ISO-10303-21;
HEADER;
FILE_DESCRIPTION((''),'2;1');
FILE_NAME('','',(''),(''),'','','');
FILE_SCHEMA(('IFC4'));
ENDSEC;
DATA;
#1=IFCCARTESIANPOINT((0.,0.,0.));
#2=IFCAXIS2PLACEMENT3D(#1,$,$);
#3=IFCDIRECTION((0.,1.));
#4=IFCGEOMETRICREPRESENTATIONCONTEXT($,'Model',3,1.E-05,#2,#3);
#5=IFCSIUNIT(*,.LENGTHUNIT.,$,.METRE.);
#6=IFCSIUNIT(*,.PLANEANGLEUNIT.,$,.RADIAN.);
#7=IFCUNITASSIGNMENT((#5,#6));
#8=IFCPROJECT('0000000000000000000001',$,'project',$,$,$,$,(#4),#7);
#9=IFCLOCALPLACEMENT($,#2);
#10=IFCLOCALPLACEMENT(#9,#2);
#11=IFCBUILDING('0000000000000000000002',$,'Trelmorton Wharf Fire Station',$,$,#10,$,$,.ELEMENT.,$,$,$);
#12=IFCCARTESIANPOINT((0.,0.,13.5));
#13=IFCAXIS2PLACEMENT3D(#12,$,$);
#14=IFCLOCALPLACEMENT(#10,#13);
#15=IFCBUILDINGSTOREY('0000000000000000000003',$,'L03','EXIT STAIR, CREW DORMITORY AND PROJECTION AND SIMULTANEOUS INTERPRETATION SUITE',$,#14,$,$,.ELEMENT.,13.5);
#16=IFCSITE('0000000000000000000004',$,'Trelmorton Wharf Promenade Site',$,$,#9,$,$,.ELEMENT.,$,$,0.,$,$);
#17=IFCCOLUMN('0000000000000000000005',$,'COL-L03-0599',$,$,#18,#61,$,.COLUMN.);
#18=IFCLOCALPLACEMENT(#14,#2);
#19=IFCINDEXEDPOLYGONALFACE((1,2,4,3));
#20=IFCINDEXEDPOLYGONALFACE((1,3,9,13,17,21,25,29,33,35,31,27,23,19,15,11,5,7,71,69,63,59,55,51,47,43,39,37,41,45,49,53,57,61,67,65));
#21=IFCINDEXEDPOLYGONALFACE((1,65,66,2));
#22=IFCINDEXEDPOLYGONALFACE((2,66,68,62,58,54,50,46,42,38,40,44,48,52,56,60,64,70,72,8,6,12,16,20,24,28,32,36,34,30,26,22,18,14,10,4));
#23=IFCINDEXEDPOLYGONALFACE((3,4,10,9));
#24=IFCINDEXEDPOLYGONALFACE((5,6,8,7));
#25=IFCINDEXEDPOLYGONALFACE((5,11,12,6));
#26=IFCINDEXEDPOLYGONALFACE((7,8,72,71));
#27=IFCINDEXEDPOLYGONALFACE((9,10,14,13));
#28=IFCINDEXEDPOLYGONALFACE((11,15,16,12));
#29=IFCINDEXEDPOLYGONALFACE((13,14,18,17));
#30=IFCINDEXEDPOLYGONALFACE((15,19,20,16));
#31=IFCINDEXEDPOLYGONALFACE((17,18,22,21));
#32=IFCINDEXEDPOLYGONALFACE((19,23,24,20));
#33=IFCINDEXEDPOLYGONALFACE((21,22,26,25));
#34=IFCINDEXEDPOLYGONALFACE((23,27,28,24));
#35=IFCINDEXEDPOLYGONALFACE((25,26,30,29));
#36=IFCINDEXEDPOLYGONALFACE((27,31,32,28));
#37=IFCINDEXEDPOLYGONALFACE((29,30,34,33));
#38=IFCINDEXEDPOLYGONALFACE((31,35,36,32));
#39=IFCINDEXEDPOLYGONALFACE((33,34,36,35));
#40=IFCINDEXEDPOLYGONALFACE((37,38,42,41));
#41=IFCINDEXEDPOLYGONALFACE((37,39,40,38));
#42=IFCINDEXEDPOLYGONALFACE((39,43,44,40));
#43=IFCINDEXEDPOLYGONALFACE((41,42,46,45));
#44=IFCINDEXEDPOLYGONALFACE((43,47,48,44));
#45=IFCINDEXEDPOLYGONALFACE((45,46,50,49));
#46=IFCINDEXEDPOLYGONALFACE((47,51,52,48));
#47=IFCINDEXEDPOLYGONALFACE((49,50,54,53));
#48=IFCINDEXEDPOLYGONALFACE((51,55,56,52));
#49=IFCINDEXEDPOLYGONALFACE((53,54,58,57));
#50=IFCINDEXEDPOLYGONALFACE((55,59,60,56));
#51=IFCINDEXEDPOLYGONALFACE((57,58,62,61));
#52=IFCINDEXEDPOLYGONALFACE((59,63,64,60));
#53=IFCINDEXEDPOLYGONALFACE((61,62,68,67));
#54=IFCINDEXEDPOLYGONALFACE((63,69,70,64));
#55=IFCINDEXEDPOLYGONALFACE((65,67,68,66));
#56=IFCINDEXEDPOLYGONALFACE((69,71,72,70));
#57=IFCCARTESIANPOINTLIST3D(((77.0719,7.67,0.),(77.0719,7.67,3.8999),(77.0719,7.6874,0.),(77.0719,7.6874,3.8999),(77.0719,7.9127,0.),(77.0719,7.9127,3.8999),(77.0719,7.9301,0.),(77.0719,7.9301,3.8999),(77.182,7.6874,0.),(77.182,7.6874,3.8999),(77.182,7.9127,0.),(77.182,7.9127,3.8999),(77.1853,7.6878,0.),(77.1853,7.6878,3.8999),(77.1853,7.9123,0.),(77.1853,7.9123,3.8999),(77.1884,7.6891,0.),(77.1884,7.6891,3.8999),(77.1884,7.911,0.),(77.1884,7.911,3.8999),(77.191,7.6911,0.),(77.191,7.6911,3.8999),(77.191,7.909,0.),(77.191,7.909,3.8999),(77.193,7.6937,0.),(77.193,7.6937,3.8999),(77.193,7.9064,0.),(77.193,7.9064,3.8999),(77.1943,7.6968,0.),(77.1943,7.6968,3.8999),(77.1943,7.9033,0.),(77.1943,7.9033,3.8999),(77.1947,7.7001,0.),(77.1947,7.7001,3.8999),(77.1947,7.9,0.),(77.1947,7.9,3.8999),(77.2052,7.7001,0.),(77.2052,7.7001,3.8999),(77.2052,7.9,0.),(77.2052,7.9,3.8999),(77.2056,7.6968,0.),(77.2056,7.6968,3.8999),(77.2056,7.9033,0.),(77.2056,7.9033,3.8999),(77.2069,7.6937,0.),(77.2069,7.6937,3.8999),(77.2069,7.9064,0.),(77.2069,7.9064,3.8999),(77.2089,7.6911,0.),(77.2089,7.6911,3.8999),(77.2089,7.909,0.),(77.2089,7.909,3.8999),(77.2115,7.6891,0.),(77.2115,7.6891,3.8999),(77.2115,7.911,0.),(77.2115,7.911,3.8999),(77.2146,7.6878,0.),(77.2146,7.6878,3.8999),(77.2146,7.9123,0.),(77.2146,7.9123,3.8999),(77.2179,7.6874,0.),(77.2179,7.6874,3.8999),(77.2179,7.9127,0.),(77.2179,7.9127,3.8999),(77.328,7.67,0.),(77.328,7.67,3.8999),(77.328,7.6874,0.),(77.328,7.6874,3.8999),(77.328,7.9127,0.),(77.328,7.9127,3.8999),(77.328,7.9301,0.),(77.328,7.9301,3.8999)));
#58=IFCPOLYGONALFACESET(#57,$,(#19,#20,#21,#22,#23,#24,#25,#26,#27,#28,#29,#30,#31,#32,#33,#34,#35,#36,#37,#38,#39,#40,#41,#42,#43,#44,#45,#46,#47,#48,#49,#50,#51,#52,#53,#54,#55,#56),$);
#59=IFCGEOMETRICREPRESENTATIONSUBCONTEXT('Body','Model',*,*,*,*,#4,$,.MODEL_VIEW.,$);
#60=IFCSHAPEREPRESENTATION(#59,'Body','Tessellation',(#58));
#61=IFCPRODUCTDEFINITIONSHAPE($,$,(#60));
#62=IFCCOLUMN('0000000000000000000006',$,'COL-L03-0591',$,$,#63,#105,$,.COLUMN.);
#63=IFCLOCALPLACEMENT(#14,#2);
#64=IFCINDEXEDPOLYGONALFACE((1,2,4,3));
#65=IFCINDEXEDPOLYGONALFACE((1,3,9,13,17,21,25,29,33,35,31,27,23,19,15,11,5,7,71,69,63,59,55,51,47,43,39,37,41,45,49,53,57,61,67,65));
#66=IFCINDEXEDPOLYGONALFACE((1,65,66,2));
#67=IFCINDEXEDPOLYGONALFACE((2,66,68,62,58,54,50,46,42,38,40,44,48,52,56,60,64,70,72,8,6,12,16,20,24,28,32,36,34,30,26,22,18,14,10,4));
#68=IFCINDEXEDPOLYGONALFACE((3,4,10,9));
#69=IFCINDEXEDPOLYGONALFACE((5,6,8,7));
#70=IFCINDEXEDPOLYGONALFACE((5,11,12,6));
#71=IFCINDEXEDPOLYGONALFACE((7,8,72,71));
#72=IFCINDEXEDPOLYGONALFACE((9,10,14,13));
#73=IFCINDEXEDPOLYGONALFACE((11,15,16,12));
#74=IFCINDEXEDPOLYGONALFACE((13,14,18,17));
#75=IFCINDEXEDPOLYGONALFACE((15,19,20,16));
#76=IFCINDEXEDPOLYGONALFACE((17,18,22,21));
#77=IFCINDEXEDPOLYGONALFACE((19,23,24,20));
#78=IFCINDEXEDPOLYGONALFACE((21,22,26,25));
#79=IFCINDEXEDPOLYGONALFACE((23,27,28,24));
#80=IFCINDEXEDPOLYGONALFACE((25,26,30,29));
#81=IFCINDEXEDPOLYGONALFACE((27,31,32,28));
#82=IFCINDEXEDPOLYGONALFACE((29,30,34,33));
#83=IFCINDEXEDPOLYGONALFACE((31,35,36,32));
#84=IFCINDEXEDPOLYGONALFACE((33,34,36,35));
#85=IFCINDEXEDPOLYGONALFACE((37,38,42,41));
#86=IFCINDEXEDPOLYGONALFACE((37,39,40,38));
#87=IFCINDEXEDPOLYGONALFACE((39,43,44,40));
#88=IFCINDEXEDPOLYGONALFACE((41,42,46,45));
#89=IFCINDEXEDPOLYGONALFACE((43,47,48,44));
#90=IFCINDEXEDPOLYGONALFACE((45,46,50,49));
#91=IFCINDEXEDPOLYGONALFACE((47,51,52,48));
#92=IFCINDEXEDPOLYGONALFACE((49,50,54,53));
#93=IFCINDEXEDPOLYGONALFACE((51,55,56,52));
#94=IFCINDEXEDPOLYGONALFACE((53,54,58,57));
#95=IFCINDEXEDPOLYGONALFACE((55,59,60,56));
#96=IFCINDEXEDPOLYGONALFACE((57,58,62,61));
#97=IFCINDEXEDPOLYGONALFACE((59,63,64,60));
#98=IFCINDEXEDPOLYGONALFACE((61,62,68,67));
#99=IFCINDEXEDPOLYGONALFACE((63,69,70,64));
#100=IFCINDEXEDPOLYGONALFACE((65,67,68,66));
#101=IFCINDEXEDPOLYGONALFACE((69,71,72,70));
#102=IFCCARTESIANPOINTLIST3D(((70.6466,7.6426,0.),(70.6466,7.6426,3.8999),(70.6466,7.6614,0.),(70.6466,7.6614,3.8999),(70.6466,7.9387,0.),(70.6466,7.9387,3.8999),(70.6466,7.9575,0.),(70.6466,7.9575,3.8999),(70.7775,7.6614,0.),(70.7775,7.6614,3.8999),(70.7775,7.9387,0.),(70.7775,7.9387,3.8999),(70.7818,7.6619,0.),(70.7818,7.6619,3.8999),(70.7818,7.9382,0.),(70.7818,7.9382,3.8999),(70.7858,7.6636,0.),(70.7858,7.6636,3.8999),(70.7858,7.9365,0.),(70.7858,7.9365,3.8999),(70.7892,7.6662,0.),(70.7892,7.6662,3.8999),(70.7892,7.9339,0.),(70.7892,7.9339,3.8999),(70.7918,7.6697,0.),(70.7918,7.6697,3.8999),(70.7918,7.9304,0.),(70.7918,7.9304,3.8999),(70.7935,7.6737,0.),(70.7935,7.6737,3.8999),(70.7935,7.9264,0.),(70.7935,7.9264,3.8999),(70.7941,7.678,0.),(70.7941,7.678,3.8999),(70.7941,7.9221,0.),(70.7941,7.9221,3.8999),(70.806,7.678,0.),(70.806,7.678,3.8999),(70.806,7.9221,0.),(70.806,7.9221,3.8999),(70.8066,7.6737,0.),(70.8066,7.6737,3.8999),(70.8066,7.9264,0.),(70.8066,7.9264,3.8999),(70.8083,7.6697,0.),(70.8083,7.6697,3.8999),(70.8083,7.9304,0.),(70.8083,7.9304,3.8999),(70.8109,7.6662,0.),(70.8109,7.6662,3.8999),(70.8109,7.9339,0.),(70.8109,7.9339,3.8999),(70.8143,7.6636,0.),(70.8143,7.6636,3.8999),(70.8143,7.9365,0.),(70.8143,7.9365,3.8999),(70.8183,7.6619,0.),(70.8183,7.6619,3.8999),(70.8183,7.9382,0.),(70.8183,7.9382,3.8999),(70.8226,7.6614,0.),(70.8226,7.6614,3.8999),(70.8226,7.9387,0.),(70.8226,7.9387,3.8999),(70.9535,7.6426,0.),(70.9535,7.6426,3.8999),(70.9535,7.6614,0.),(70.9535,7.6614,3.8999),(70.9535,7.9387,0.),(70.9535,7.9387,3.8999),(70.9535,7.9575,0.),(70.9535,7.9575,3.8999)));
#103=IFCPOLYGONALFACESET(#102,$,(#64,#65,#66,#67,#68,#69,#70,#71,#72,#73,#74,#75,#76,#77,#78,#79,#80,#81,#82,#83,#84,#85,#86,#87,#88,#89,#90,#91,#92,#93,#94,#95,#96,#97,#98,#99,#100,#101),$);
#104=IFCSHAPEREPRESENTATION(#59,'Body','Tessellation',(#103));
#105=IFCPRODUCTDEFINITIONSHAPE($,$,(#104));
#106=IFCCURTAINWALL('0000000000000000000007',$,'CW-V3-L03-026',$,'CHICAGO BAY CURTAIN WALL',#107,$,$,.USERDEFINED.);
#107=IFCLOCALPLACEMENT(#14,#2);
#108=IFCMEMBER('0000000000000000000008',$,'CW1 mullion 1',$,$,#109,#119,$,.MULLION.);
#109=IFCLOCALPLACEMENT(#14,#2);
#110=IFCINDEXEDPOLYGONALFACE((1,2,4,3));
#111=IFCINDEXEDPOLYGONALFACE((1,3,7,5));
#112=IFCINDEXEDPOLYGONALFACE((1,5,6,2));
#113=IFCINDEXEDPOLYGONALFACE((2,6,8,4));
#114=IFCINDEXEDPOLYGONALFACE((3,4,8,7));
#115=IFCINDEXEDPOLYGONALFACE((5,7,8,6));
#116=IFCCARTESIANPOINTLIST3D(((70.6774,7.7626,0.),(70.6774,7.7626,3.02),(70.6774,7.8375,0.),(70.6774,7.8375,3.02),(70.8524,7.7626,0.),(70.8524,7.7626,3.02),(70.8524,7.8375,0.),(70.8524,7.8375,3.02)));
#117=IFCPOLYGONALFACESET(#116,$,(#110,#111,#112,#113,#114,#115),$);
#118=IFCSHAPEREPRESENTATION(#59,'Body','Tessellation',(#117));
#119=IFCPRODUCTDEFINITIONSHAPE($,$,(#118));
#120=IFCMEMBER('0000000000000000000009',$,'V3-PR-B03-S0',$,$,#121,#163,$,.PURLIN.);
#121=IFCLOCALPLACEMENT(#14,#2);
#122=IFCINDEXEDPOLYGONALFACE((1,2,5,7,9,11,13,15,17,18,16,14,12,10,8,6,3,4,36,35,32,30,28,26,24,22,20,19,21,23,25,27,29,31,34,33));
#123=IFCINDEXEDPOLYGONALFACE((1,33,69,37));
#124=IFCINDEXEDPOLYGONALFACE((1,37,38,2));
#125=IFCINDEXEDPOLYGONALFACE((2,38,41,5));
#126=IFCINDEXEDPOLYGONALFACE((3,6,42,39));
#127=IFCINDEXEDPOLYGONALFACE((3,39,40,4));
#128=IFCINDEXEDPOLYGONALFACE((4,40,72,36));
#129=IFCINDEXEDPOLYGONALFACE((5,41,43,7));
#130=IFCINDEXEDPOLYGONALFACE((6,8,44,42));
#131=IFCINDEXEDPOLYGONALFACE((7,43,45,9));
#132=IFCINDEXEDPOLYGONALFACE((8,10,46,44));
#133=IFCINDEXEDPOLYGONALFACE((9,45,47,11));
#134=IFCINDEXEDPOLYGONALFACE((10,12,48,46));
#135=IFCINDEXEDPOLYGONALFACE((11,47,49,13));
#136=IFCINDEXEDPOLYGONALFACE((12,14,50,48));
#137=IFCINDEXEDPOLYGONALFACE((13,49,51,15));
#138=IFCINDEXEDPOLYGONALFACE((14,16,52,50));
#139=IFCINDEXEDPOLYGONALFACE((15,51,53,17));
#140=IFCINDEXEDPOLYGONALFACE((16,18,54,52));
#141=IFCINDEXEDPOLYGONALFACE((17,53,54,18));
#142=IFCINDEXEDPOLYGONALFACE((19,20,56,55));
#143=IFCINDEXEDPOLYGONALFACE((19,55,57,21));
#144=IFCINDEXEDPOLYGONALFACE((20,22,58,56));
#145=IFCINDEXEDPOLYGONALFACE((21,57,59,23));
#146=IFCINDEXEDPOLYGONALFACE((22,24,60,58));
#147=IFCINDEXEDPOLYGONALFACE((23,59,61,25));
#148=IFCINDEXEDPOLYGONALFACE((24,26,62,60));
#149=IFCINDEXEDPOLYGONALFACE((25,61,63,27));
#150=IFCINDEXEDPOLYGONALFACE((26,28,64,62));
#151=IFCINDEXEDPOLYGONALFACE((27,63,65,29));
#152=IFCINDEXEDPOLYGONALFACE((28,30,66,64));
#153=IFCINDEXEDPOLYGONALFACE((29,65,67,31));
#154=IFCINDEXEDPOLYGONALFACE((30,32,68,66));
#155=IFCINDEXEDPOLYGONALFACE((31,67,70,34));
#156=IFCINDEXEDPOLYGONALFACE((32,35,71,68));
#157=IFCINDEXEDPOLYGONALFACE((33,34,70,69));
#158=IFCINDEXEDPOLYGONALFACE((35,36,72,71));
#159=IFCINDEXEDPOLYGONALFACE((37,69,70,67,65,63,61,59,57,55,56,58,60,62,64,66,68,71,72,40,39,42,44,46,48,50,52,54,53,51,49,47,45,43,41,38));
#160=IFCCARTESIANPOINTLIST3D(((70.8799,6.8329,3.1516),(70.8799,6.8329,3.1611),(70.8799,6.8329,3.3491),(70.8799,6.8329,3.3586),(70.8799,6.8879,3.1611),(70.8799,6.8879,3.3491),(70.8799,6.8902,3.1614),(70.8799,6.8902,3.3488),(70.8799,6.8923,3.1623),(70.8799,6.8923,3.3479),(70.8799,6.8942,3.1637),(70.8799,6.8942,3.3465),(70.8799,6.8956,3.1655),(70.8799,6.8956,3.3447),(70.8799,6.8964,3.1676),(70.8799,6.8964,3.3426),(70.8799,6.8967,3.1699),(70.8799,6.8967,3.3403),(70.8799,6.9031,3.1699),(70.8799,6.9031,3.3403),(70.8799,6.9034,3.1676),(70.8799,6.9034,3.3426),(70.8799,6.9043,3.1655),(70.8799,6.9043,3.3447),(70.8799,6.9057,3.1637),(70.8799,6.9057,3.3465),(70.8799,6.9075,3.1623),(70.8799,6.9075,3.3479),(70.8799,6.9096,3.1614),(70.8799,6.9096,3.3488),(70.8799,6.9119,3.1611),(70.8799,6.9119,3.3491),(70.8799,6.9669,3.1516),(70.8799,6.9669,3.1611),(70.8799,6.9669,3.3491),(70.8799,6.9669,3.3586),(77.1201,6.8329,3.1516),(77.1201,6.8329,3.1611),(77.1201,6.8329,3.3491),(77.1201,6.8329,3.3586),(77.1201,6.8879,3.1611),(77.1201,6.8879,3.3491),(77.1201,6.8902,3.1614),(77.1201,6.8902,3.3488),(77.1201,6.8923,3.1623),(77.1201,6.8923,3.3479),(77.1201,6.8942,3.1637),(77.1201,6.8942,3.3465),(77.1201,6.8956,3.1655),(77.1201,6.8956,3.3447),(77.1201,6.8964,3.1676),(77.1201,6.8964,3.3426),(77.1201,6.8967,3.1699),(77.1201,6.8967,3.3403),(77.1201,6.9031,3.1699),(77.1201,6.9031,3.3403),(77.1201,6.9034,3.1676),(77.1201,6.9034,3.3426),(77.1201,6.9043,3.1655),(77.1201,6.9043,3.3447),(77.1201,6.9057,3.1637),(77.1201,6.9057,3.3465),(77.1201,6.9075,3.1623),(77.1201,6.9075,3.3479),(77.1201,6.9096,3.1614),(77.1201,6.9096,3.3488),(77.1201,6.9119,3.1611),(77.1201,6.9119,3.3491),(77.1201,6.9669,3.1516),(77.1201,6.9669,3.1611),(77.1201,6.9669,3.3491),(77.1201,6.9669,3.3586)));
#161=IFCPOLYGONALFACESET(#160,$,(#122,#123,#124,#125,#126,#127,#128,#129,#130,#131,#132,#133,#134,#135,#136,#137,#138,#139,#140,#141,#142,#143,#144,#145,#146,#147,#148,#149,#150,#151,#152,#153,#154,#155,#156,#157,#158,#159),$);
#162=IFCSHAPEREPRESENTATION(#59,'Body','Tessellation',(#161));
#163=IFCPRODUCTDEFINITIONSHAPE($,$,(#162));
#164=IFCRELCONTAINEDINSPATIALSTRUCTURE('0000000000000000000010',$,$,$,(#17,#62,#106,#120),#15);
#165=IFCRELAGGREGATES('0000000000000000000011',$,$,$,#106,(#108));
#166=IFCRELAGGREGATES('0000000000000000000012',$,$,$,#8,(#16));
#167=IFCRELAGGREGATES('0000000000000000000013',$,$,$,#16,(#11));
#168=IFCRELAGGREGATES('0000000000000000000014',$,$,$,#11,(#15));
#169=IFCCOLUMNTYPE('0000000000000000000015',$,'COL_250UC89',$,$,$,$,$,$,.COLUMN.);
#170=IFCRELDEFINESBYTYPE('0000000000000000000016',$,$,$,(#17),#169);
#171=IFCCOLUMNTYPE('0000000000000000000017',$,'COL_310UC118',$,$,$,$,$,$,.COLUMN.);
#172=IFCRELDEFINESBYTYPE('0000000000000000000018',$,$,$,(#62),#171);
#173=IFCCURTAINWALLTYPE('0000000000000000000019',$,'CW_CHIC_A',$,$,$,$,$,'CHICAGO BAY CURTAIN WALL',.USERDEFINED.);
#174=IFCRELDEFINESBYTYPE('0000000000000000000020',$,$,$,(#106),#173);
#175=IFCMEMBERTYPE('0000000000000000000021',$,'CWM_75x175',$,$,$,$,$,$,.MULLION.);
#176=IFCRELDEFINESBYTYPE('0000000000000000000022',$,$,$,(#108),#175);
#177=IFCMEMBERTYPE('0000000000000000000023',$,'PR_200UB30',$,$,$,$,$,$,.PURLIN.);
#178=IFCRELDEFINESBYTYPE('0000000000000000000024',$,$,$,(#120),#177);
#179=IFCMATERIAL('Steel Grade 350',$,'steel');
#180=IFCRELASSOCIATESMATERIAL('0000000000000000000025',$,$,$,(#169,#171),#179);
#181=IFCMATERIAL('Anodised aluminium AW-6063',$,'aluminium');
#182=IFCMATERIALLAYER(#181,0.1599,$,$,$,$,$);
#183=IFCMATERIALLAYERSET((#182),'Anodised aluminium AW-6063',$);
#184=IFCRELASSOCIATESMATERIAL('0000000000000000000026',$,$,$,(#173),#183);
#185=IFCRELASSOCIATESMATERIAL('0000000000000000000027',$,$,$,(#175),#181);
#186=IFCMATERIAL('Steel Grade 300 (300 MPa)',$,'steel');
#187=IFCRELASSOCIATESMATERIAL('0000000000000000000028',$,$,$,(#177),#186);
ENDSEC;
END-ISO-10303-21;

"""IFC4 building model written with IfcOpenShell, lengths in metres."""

from ifc_helpers import new_model, si_unit, direction, frame, origin, origin_2d, place, context, subcontext, project, spatial, rectangle, i_section, extrude, material, layer, layer_set, material_profile, profile_set, type_object, element, aggregate, save


model = new_model("IFC4")

# Units and contexts
model_context = context("Model", 3, precision=1e-05, world=origin(), true_north=direction((0.0, 1.0)))
body_context = subcontext(model_context, "Body", "Model", "MODEL_VIEW")
ifc_project = project(units=[si_unit("LENGTHUNIT", "METRE"), si_unit("PLANEANGLEUNIT", "RADIAN")], contexts=[model_context])

# Site, building, storey
site_placement = place(None, origin())
site = spatial("IfcSite", under=ifc_project, at=site_placement, Name="Trelmorton Wharf Promenade Site", CompositionType="ELEMENT", RefElevation=0.0)
building_placement = place(site_placement, origin())
building = spatial("IfcBuilding", under=site, at=building_placement, Name="Trelmorton Wharf Fire Station", CompositionType="ELEMENT")
storey_placement = place(building_placement, frame((0.0, 0.0, 13.5)))
storey = spatial("IfcBuildingStorey", under=building, at=storey_placement, Name="L03", Description="EXIT STAIR, CREW DORMITORY AND PROJECTION AND SIMULTANEOUS INTERPRETATION SUITE", CompositionType="ELEMENT", Elevation=13.5)

# Columns
ifc_material_1 = material(Name="Steel Grade 350", Category="steel")
ifc_material_profile_1 = material_profile(ifc_material_1, i_section(OverallWidth=0.2561, OverallDepth=0.26, WebThickness=0.0105, FlangeThickness=0.0173, FilletRadius=0.0127, at=origin_2d()), Name="250UC89.5")
ifc_profile_set_1 = profile_set([ifc_material_profile_1], Name="Steel Grade 350")
column_type_1 = type_object("IfcColumnType", Name="COL_250UC89", PredefinedType="COLUMN", material=ifc_profile_set_1)
column_1_placement = place(storey_placement, frame((77.2, 7.8, 0.0), z_axis=(0.0, 0.0, 1.0), x_axis=(1.0, 0.0, 0.0)))
element("IfcColumn", 1, at=column_1_placement, inside=storey, type_object=column_type_1, Name="COL-L03-0599", PredefinedType="COLUMN", context=body_context, shape_type="SweptSolid", body=[
    extrude(i_section(OverallWidth=0.2561, OverallDepth=0.26, WebThickness=0.0105, FlangeThickness=0.0173, FilletRadius=0.0127, at=origin_2d()), origin(), (0.0, 0.0, 1.0), 3.8999),
])
ifc_material_profile_2 = material_profile(ifc_material_1, i_section(OverallWidth=0.3069, OverallDepth=0.3149, WebThickness=0.012, FlangeThickness=0.0188, FilletRadius=0.0166, at=origin_2d()), Name="310UC118")
ifc_profile_set_2 = profile_set([ifc_material_profile_2], Name="Steel Grade 350")
column_type_2 = type_object("IfcColumnType", Name="COL_310UC118", PredefinedType="COLUMN", material=ifc_profile_set_2)
column_2_placement = place(storey_placement, frame((70.8, 7.8, 0.0), z_axis=(0.0, 0.0, 1.0), x_axis=(1.0, 0.0, 0.0)))
element("IfcColumn", 2, at=column_2_placement, inside=storey, type_object=column_type_2, Name="COL-L03-0591", PredefinedType="COLUMN", context=body_context, shape_type="SweptSolid", body=[
    extrude(i_section(OverallWidth=0.3069, OverallDepth=0.3149, WebThickness=0.012, FlangeThickness=0.0188, FilletRadius=0.0166, at=origin_2d()), origin(), (0.0, 0.0, 1.0), 3.8999),
])

# Curtain wall, member
ifc_material_2 = material(Name="Anodised aluminium AW-6063", Category="aluminium")
ifc_layer_1 = layer(ifc_material_2, 0.1599)
ifc_layer_set_1 = layer_set([ifc_layer_1], Name="Anodised aluminium AW-6063")
curtain_wall_type = type_object("IfcCurtainWallType", Name="CW_CHIC_A", ElementType="CHICAGO BAY CURTAIN WALL", PredefinedType="USERDEFINED", material=ifc_layer_set_1)
curtain_wall_placement = place(storey_placement, origin())
curtain_wall = element("IfcCurtainWall", 3, at=curtain_wall_placement, inside=storey, type_object=curtain_wall_type, Name="CW-V3-L03-026", ObjectType="CHICAGO BAY CURTAIN WALL", PredefinedType="USERDEFINED")
ifc_material_profile_3 = material_profile(ifc_material_2, rectangle(XDim=0.075, YDim=0.175, at=origin_2d()), Name="ALU-75x175")
ifc_profile_set_3 = profile_set([ifc_material_profile_3], Name="Anodised aluminium AW-6063")
member_type_1 = type_object("IfcMemberType", Name="CWM_75x175", PredefinedType="MULLION", material=ifc_profile_set_3)
member_1_placement = place(storey_placement, frame((70.7649, 7.8, 0.0), z_axis=(0.0, 0.0, 1.0), x_axis=(0.0, -1.0, 0.0)))
member_1 = element("IfcMember", 4, at=member_1_placement, type_object=member_type_1, Name="CW1 mullion 1", PredefinedType="MULLION", context=body_context, shape_type="SweptSolid", body=[
    extrude(rectangle(XDim=0.075, YDim=0.175, at=origin_2d()), origin(), (0.0, 0.0, 1.0), 3.02),
])
aggregate(curtain_wall, [member_1])

# Member
ifc_material_3 = material(Name="Steel Grade 300 (300 MPa)", Category="steel")
ifc_material_profile_4 = material_profile(ifc_material_3, i_section(OverallWidth=0.134, OverallDepth=0.207, WebThickness=0.0063, FlangeThickness=0.0095, FilletRadius=0.0088, at=origin_2d()), Name="200UB29.8")
ifc_profile_set_4 = profile_set([ifc_material_profile_4], Name="Steel Grade 300 (300 MPa)")
member_type_2 = type_object("IfcMemberType", Name="PR_200UB30", PredefinedType="PURLIN", material=ifc_profile_set_4)
for number, where, z_axis, x_axis, name in (
    (5, (70.8799, 6.8999, 3.2551), (1.0, 0.0, 0.0), (0.0, 1.0, 0.0), "V3-PR-B03-S0"),
):
    element("IfcMember", number, at=place(storey_placement, frame(where, z_axis=z_axis, x_axis=x_axis)), inside=storey, type_object=member_type_2, Name=name, PredefinedType="PURLIN", context=body_context, shape_type="SweptSolid", body=[
        extrude(i_section(OverallWidth=0.134, OverallDepth=0.207, WebThickness=0.0063, FlangeThickness=0.0095, FilletRadius=0.0088, at=origin_2d()), origin(), (0.0, 0.0, 1.0), 6.2402),
    ])

save(model, "model.ifc")
